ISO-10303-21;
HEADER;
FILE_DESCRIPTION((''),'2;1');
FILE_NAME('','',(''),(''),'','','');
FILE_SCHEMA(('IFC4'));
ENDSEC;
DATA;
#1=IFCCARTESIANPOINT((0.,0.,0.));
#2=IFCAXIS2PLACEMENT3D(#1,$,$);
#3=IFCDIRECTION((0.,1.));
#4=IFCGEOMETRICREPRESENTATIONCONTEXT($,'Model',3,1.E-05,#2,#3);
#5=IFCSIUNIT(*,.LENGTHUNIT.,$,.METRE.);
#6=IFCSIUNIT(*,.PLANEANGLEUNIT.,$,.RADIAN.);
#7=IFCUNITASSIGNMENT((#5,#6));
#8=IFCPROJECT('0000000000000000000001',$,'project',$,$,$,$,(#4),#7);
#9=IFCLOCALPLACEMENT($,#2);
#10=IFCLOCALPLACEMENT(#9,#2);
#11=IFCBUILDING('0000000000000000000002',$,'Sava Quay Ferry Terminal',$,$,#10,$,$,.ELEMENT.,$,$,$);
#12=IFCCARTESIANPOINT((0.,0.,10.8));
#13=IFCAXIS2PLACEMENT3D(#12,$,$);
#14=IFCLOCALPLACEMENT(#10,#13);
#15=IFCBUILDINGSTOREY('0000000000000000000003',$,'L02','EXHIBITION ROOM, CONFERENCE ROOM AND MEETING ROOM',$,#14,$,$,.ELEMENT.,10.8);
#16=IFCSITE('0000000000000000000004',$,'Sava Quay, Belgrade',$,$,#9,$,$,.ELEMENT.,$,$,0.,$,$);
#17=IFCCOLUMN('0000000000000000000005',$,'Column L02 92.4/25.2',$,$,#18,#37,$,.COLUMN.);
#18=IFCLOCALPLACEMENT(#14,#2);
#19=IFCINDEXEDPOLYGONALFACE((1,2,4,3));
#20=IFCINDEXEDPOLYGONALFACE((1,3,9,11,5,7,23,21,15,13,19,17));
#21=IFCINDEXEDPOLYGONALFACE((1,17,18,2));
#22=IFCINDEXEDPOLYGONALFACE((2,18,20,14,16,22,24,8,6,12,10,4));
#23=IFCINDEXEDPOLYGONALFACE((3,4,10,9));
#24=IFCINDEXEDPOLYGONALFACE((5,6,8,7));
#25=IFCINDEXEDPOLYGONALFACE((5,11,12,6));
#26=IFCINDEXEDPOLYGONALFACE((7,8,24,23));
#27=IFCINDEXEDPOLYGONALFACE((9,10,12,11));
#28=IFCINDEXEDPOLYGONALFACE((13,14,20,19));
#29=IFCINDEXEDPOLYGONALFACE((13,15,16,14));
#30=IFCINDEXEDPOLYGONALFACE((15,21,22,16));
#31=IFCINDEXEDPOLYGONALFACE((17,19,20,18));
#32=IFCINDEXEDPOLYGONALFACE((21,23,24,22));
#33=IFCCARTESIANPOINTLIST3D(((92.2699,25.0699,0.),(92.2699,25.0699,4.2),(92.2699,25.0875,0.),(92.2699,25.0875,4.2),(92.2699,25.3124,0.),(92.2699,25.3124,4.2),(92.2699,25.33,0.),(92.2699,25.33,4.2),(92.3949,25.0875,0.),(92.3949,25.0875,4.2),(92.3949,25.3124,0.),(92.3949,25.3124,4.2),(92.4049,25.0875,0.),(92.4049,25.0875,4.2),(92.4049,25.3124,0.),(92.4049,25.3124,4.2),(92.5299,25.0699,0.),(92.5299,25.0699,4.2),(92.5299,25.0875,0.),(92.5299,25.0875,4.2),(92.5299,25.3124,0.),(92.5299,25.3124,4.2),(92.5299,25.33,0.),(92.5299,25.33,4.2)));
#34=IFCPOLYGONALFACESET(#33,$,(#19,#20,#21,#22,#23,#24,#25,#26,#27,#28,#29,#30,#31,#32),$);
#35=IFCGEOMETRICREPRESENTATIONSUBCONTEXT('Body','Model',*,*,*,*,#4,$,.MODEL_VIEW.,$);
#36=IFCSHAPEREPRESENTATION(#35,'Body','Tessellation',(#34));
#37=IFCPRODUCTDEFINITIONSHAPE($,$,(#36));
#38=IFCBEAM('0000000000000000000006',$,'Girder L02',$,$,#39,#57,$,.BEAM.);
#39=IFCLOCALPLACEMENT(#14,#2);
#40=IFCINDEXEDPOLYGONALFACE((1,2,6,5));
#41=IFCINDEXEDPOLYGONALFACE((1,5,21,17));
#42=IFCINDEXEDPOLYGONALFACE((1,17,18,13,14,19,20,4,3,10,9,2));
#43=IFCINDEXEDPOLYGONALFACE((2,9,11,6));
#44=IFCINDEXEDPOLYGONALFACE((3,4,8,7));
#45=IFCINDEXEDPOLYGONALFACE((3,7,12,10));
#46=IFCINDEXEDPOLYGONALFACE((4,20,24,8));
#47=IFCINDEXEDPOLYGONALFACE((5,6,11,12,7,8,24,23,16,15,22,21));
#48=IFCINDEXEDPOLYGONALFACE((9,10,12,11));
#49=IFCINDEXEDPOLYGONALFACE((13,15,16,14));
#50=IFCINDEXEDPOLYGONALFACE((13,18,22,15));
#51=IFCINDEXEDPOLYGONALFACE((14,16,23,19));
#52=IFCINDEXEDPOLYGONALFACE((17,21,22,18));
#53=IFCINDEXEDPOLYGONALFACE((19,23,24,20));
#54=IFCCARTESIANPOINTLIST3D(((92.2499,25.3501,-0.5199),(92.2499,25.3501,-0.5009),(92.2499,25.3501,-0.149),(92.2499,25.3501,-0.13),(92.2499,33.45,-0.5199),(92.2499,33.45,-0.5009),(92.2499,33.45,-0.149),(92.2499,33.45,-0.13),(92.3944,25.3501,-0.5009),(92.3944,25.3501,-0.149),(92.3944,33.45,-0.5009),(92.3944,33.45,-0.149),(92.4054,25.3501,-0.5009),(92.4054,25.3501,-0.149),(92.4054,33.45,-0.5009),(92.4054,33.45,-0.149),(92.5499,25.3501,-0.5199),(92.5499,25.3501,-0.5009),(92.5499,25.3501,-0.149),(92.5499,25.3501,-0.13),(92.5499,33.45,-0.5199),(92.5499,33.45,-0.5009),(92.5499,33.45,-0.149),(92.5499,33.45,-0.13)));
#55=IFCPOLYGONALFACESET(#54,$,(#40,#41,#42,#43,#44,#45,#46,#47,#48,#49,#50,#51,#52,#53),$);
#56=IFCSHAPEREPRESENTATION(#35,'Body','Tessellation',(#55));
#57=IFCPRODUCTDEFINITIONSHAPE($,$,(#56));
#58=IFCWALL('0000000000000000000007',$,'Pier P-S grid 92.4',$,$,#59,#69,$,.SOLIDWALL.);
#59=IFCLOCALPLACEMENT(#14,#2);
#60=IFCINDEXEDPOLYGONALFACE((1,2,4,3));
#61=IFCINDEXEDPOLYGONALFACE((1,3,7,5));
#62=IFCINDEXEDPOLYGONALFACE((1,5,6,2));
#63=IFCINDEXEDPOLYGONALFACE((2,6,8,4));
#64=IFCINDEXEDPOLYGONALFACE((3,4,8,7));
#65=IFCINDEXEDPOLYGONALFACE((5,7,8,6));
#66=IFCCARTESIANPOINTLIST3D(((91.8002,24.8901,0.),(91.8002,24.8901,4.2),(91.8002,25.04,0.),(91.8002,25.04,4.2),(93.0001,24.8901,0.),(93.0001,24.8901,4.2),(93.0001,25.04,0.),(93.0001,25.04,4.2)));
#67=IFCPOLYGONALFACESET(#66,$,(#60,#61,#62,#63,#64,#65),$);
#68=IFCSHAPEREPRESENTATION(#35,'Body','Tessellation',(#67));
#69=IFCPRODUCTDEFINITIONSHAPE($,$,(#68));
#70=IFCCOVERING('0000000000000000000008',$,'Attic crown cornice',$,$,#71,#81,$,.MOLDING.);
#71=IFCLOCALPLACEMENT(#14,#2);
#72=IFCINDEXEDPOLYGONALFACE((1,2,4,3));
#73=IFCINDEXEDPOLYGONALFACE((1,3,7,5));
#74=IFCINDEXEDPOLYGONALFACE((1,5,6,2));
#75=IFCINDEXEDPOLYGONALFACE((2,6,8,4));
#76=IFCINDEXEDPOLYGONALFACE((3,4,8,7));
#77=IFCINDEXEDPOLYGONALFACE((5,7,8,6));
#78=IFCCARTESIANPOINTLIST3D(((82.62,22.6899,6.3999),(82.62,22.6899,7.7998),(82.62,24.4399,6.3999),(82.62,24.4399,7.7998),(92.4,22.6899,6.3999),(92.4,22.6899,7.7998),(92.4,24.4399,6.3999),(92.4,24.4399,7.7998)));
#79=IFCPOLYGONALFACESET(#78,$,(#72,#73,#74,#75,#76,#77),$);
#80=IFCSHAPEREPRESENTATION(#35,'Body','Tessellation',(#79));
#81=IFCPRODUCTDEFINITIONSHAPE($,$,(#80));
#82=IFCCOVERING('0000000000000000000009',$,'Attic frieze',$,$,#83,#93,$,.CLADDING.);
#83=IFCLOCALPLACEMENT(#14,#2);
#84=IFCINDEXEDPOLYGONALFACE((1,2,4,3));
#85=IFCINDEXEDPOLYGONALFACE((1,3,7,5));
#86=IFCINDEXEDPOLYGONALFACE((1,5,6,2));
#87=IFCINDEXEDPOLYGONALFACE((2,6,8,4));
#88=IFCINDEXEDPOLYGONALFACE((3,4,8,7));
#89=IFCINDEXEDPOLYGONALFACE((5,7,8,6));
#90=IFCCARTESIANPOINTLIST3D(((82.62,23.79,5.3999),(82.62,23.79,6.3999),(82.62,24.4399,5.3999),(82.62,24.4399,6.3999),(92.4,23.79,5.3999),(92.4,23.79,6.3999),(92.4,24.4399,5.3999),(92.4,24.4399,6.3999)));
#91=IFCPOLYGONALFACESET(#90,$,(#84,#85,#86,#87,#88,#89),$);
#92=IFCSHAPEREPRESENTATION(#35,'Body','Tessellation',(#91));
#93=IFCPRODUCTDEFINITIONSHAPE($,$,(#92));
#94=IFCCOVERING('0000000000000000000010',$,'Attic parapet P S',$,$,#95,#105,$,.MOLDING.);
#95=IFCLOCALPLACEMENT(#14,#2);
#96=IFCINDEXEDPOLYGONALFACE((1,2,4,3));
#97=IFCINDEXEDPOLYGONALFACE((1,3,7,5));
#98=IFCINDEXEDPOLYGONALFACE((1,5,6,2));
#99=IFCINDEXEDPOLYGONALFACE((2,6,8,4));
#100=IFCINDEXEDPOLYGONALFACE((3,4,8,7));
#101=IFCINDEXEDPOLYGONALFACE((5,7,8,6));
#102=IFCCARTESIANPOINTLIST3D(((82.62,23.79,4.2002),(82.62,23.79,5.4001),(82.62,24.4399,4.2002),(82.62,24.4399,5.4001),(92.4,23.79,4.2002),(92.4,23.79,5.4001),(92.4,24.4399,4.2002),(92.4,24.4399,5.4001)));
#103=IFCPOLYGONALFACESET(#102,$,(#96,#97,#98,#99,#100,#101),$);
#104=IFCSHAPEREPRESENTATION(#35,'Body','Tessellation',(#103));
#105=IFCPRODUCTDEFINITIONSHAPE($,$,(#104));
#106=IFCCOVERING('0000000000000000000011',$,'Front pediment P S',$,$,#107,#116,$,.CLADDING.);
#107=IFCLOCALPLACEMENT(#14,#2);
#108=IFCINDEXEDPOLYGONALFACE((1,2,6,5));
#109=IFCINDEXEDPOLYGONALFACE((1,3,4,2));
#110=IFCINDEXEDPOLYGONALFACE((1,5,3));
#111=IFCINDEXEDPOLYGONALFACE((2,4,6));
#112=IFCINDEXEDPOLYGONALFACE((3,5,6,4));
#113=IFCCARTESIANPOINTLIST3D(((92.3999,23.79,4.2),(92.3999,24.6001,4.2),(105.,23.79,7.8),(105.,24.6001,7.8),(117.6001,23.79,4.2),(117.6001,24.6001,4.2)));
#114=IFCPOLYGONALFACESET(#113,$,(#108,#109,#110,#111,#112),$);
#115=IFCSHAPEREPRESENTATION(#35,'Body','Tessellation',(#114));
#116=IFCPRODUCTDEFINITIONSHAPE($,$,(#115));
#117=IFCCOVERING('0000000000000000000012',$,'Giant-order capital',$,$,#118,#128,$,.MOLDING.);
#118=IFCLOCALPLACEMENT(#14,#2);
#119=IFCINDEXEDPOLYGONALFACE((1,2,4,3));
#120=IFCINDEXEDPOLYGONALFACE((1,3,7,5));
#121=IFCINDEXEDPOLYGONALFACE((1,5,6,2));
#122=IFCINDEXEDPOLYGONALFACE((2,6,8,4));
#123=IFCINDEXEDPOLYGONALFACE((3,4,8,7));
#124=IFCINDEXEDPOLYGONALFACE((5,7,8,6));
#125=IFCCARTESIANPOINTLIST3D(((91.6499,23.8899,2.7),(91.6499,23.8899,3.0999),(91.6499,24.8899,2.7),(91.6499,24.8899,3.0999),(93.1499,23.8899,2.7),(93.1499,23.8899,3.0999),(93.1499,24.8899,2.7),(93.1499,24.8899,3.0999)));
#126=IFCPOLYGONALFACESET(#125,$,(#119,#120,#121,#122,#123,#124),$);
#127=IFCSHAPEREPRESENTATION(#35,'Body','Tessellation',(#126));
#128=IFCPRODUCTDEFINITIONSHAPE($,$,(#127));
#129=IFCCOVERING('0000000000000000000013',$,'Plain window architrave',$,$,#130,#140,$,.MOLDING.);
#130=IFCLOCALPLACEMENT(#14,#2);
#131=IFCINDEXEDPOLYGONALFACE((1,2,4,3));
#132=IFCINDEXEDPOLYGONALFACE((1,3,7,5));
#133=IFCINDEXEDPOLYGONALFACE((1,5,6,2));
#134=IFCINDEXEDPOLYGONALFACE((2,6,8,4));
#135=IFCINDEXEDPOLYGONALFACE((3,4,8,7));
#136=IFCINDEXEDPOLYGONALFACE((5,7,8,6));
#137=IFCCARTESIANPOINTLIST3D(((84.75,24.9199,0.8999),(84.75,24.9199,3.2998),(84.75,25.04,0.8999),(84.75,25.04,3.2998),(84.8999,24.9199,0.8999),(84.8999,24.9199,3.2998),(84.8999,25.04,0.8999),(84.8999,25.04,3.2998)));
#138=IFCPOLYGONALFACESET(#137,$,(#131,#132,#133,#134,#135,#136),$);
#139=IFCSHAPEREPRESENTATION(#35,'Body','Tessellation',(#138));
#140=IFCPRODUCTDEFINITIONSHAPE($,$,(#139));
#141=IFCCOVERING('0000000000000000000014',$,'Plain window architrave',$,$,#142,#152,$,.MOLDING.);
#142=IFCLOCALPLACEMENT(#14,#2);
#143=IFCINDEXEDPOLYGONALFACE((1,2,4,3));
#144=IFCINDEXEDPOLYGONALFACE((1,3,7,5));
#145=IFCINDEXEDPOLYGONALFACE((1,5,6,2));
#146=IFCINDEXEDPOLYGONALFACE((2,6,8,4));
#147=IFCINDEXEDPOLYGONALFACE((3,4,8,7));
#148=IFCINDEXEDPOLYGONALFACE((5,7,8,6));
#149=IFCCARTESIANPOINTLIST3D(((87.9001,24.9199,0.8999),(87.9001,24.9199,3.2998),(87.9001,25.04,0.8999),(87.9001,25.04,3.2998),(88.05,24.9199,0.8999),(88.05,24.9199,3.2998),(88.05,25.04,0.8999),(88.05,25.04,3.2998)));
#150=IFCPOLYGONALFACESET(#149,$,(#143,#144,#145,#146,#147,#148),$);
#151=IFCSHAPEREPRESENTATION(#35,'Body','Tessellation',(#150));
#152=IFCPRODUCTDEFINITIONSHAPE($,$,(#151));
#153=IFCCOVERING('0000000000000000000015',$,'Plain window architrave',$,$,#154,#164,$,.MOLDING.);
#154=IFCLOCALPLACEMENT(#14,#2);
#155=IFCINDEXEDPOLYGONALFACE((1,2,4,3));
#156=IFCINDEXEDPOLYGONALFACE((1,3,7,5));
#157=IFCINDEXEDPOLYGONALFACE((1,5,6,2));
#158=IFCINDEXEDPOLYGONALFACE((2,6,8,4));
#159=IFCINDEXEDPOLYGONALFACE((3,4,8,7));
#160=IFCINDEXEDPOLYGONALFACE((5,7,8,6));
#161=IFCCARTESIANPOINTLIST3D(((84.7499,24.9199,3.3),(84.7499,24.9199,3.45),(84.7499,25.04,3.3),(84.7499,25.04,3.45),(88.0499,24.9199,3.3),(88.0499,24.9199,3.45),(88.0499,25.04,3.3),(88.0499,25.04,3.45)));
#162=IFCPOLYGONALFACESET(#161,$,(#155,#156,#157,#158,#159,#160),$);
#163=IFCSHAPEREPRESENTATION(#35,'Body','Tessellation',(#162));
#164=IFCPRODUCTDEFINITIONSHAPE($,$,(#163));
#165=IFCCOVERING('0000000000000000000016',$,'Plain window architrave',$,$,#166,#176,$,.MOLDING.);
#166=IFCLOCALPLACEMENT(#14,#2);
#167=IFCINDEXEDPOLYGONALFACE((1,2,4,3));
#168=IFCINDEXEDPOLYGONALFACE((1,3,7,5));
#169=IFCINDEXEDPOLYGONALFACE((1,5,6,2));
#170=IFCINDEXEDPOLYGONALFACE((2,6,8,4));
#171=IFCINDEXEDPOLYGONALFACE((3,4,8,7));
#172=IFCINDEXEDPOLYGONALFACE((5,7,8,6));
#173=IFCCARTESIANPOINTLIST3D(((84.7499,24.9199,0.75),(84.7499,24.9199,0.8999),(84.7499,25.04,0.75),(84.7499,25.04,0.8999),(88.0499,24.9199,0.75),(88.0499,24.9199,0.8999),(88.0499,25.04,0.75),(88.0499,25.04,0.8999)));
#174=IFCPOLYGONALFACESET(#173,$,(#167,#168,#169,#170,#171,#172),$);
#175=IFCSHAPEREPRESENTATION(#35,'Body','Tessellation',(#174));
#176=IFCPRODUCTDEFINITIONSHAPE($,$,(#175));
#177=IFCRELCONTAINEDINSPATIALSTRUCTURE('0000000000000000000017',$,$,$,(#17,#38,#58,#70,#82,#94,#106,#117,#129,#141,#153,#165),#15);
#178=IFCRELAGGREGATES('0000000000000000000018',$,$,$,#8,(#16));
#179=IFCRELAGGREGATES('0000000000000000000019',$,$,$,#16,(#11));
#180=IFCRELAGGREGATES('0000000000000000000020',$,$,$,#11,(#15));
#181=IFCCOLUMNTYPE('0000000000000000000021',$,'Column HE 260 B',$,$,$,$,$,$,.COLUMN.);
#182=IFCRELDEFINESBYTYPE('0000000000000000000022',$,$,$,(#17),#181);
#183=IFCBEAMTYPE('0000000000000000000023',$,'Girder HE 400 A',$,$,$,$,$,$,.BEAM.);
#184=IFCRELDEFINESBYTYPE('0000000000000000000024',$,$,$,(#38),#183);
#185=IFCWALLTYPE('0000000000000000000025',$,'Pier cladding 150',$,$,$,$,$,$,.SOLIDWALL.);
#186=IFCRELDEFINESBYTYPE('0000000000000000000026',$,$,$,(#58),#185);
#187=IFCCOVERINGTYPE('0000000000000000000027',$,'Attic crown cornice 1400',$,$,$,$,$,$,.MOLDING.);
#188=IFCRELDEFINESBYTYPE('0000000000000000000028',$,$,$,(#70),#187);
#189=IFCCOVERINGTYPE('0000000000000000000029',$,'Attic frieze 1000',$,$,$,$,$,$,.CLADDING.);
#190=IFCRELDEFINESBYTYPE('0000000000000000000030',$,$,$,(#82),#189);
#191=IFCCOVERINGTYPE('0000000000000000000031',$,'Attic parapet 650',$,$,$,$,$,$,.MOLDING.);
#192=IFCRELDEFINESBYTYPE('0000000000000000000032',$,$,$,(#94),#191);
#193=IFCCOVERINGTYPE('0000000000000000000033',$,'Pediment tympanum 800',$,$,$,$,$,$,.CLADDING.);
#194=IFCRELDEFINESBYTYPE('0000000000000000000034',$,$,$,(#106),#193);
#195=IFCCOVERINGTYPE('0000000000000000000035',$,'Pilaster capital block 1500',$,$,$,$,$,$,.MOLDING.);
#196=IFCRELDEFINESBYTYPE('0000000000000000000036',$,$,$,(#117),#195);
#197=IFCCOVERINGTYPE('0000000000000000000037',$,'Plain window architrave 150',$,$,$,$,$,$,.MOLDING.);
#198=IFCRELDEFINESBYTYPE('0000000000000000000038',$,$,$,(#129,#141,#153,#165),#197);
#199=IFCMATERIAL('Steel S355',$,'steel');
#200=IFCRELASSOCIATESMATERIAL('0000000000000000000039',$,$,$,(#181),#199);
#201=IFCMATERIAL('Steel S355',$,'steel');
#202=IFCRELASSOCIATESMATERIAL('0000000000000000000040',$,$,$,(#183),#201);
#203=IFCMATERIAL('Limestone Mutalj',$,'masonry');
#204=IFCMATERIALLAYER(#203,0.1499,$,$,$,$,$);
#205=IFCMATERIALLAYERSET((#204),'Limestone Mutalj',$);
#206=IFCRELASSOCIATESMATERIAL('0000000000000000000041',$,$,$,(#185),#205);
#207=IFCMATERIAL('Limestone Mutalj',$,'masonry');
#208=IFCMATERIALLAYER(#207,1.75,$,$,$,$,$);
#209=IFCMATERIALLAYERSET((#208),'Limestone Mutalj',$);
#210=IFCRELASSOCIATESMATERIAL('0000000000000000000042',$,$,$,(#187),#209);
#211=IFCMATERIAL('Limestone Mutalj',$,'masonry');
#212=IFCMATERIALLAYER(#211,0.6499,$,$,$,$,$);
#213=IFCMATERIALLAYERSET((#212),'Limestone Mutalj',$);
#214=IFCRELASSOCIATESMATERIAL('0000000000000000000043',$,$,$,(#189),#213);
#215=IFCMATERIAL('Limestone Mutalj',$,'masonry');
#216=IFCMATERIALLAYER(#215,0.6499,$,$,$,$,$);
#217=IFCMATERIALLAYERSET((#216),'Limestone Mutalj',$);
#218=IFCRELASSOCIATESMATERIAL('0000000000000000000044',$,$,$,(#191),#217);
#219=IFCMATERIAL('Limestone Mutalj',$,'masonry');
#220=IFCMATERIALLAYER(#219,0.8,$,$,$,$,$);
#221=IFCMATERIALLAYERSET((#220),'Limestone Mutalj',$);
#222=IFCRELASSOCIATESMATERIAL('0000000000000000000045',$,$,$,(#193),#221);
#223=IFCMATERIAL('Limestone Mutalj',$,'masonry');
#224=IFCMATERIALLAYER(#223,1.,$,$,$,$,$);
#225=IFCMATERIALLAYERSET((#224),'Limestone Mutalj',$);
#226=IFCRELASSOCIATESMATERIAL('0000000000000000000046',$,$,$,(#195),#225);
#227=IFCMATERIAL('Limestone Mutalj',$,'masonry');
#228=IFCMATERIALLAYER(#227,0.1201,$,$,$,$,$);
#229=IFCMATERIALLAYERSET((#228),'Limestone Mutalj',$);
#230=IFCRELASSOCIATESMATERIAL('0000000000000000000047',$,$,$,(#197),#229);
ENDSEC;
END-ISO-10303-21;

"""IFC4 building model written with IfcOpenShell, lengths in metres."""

from ifc_helpers import new_model, si_unit, direction, frame, frame_2d, origin, origin_2d, place, context, subcontext, project, spatial, polyline, rectangle, i_section, outline, extrude, material, layer, layer_set, material_profile, profile_set, type_object, element, save


model = new_model("IFC4")

# Units and contexts
model_context = context("Model", 3, precision=1e-05, world=origin(), true_north=direction((0.0, 1.0)))
body_context = subcontext(model_context, "Body", "Model", "MODEL_VIEW")
ifc_project = project(units=[si_unit("LENGTHUNIT", "METRE"), si_unit("PLANEANGLEUNIT", "RADIAN")], contexts=[model_context])

# Site, building, storey
site_placement = place(None, origin())
site = spatial("IfcSite", under=ifc_project, at=site_placement, Name="Sava Quay, Belgrade", CompositionType="ELEMENT", RefElevation=0.0)
building_placement = place(site_placement, origin())
building = spatial("IfcBuilding", under=site, at=building_placement, Name="Sava Quay Ferry Terminal", CompositionType="ELEMENT")
storey_placement = place(building_placement, frame((0.0, 0.0, 10.8)))
storey = spatial("IfcBuildingStorey", under=building, at=storey_placement, Name="L02", Description="EXHIBITION ROOM, CONFERENCE ROOM AND MEETING ROOM", CompositionType="ELEMENT", Elevation=10.8)

# Column
ifc_material_1 = material(Name="Steel S355", Category="steel")
ifc_material_profile_1 = material_profile(ifc_material_1, i_section(OverallWidth=0.26, OverallDepth=0.26, WebThickness=0.01, FlangeThickness=0.0176, at=origin_2d()), Name="HE 260 B")
ifc_profile_set_1 = profile_set([ifc_material_profile_1], Name="Steel S355")
column_type = type_object("IfcColumnType", Name="Column HE 260 B", PredefinedType="COLUMN", material=ifc_profile_set_1)
column_placement = place(storey_placement, frame((92.3999, 25.2, 0.0), z_axis=(0.0, 0.0, 1.0), x_axis=(1.0, 0.0, 0.0)))
element("IfcColumn", 1, at=column_placement, inside=storey, type_object=column_type, Name="Column L02 92.4/25.2", PredefinedType="COLUMN", context=body_context, shape_type="SweptSolid", body=[
    extrude(i_section(OverallWidth=0.26, OverallDepth=0.26, WebThickness=0.01, FlangeThickness=0.0176, at=origin_2d()), origin(), (0.0, 0.0, 1.0), 4.2),
])

# Beam
ifc_material_2 = material(Name="Steel S355", Category="steel")
ifc_material_profile_2 = material_profile(ifc_material_2, i_section(OverallWidth=0.3, OverallDepth=0.3899, WebThickness=0.011, FlangeThickness=0.019, at=origin_2d()), Name="HE 400 A")
ifc_profile_set_2 = profile_set([ifc_material_profile_2], Name="Steel S355")
beam_type = type_object("IfcBeamType", Name="Girder HE 400 A", PredefinedType="BEAM", material=ifc_profile_set_2)
beam_placement = place(storey_placement, frame((92.3999, 25.3501, -0.325), z_axis=(0.0, 1.0, 0.0), x_axis=(-1.0, 0.0, 0.0)))
element("IfcBeam", 2, at=beam_placement, inside=storey, type_object=beam_type, Name="Girder L02", PredefinedType="BEAM", context=body_context, shape_type="SweptSolid", body=[
    extrude(i_section(OverallWidth=0.3, OverallDepth=0.3899, WebThickness=0.011, FlangeThickness=0.019, at=origin_2d()), origin(), (0.0, 0.0, 1.0), 8.0999),
])

# Wall
ifc_material_3 = material(Name="Limestone Mutalj", Category="masonry")
ifc_layer_1 = layer(ifc_material_3, 0.1499)
ifc_layer_set_1 = layer_set([ifc_layer_1], Name="Limestone Mutalj")
wall_type = type_object("IfcWallType", Name="Pier cladding 150", PredefinedType="SOLIDWALL", material=ifc_layer_set_1)
wall_placement = place(storey_placement, frame((91.8, 24.9651, 0.0), z_axis=(0.0, 0.0, 1.0), x_axis=(1.0, 0.0, 0.0)))
element("IfcWall", 3, at=wall_placement, inside=storey, type_object=wall_type, Name="Pier P-S grid 92.4", PredefinedType="SOLIDWALL", context=body_context, shape_type="SweptSolid", body=[
    extrude(rectangle(XDim=1.2, YDim=0.1499, at=frame_2d((0.6001, 0.0))), origin(), (0.0, 0.0, 1.0), 4.2),
])

# Coverings
ifc_material_4 = material(Name="Limestone Mutalj", Category="masonry")
ifc_layer_2 = layer(ifc_material_4, 1.75)
ifc_layer_set_2 = layer_set([ifc_layer_2], Name="Limestone Mutalj")
covering_type_1 = type_object("IfcCoveringType", Name="Attic crown cornice 1400", PredefinedType="MOLDING", material=ifc_layer_set_2)
covering_1_placement = place(storey_placement, frame((87.51, 23.5649, 6.3999), z_axis=(0.0, 0.0, 1.0), x_axis=(1.0, 0.0, 0.0)))
element("IfcCovering", 4, at=covering_1_placement, inside=storey, type_object=covering_type_1, Name="Attic crown cornice", PredefinedType="MOLDING", context=body_context, shape_type="SweptSolid", body=[
    extrude(rectangle(XDim=9.78, YDim=1.75, at=origin_2d()), origin(), (0.0, 0.0, 1.0), 1.3999),
])
ifc_material_5 = material(Name="Limestone Mutalj", Category="masonry")
ifc_layer_3 = layer(ifc_material_5, 0.6499)
ifc_layer_set_3 = layer_set([ifc_layer_3], Name="Limestone Mutalj")
covering_type_2 = type_object("IfcCoveringType", Name="Attic frieze 1000", PredefinedType="CLADDING", material=ifc_layer_set_3)
covering_2_placement = place(storey_placement, frame((87.51, 24.115, 5.3999), z_axis=(0.0, 0.0, 1.0), x_axis=(1.0, 0.0, 0.0)))
element("IfcCovering", 5, at=covering_2_placement, inside=storey, type_object=covering_type_2, Name="Attic frieze", PredefinedType="CLADDING", context=body_context, shape_type="SweptSolid", body=[
    extrude(rectangle(XDim=9.78, YDim=0.6499, at=origin_2d()), origin(), (0.0, 0.0, 1.0), 1.0),
])
ifc_material_6 = material(Name="Limestone Mutalj", Category="masonry")
ifc_layer_4 = layer(ifc_material_6, 0.6499)
ifc_layer_set_4 = layer_set([ifc_layer_4], Name="Limestone Mutalj")
covering_type_3 = type_object("IfcCoveringType", Name="Attic parapet 650", PredefinedType="MOLDING", material=ifc_layer_set_4)
covering_3_placement = place(storey_placement, frame((87.51, 24.115, 4.2002), z_axis=(0.0, 0.0, 1.0), x_axis=(1.0, 0.0, 0.0)))
element("IfcCovering", 6, at=covering_3_placement, inside=storey, type_object=covering_type_3, Name="Attic parapet P S", PredefinedType="MOLDING", context=body_context, shape_type="SweptSolid", body=[
    extrude(rectangle(XDim=9.78, YDim=0.6499, at=origin_2d()), origin(), (0.0, 0.0, 1.0), 1.2),
])
ifc_material_7 = material(Name="Limestone Mutalj", Category="masonry")
ifc_layer_5 = layer(ifc_material_7, 0.8)
ifc_layer_set_5 = layer_set([ifc_layer_5], Name="Limestone Mutalj")
covering_type_4 = type_object("IfcCoveringType", Name="Pediment tympanum 800", PredefinedType="CLADDING", material=ifc_layer_set_5)
covering_4_placement = place(storey_placement, frame((92.3999, 23.79, 4.2), z_axis=(0.0, -1.0, 0.0), x_axis=(1.0, 0.0, 0.0)))
element("IfcCovering", 7, at=covering_4_placement, inside=storey, type_object=covering_type_4, Name="Front pediment P S", PredefinedType="CLADDING", context=body_context, shape_type="SweptSolid", body=[
    extrude(outline(polyline([(0.0, 0.0), (25.2002, 0.0), (12.6001, 3.6001), (0.0, 0.0)])), origin(), (0.0, 0.0, -1.0), 0.8101),
])
ifc_material_8 = material(Name="Limestone Mutalj", Category="masonry")
ifc_layer_6 = layer(ifc_material_8, 1.0)
ifc_layer_set_6 = layer_set([ifc_layer_6], Name="Limestone Mutalj")
covering_type_5 = type_object("IfcCoveringType", Name="Pilaster capital block 1500", PredefinedType="MOLDING", material=ifc_layer_set_6)
covering_5_placement = place(storey_placement, frame((92.3999, 24.3899, 2.7), z_axis=(0.0, 0.0, 1.0), x_axis=(1.0, 0.0, 0.0)))
element("IfcCovering", 8, at=covering_5_placement, inside=storey, type_object=covering_type_5, Name="Giant-order capital", PredefinedType="MOLDING", context=body_context, shape_type="SweptSolid", body=[
    extrude(rectangle(XDim=1.5, YDim=1.0, at=origin_2d()), origin(), (0.0, 0.0, 1.0), 0.3999),
])
ifc_material_9 = material(Name="Limestone Mutalj", Category="masonry")
ifc_layer_7 = layer(ifc_material_9, 0.1201)
ifc_layer_set_7 = layer_set([ifc_layer_7], Name="Limestone Mutalj")
covering_type_6 = type_object("IfcCoveringType", Name="Plain window architrave 150", PredefinedType="MOLDING", material=ifc_layer_set_7)
for number, where, z_axis, x_axis, name in (
    (9, (84.825, 24.98, 0.8999), (0.0, 0.0, 1.0), (1.0, 0.0, 0.0), "Plain window architrave"),
    (10, (87.9751, 24.98, 0.8999), (0.0, 0.0, 1.0), (1.0, 0.0, 0.0), "Plain window architrave"),
):
    element("IfcCovering", number, at=place(storey_placement, frame(where, z_axis=z_axis, x_axis=x_axis)), inside=storey, type_object=covering_type_6, Name=name, PredefinedType="MOLDING", context=body_context, shape_type="SweptSolid", body=[
        extrude(rectangle(XDim=0.1499, YDim=0.1201, at=origin_2d()), origin(), (0.0, 0.0, 1.0), 2.3999),
    ])
for number, where, z_axis, x_axis, name in (
    (11, (86.3999, 24.98, 3.3), (0.0, 0.0, 1.0), (1.0, 0.0, 0.0), "Plain window architrave"),
    (12, (86.3999, 24.98, 0.75), (0.0, 0.0, 1.0), (1.0, 0.0, 0.0), "Plain window architrave"),
):
    element("IfcCovering", number, at=place(storey_placement, frame(where, z_axis=z_axis, x_axis=x_axis)), inside=storey, type_object=covering_type_6, Name=name, PredefinedType="MOLDING", context=body_context, shape_type="SweptSolid", body=[
        extrude(rectangle(XDim=3.3, YDim=0.1201, at=origin_2d()), origin(), (0.0, 0.0, 1.0), 0.1499),
    ])

save(model, "model.ifc")
